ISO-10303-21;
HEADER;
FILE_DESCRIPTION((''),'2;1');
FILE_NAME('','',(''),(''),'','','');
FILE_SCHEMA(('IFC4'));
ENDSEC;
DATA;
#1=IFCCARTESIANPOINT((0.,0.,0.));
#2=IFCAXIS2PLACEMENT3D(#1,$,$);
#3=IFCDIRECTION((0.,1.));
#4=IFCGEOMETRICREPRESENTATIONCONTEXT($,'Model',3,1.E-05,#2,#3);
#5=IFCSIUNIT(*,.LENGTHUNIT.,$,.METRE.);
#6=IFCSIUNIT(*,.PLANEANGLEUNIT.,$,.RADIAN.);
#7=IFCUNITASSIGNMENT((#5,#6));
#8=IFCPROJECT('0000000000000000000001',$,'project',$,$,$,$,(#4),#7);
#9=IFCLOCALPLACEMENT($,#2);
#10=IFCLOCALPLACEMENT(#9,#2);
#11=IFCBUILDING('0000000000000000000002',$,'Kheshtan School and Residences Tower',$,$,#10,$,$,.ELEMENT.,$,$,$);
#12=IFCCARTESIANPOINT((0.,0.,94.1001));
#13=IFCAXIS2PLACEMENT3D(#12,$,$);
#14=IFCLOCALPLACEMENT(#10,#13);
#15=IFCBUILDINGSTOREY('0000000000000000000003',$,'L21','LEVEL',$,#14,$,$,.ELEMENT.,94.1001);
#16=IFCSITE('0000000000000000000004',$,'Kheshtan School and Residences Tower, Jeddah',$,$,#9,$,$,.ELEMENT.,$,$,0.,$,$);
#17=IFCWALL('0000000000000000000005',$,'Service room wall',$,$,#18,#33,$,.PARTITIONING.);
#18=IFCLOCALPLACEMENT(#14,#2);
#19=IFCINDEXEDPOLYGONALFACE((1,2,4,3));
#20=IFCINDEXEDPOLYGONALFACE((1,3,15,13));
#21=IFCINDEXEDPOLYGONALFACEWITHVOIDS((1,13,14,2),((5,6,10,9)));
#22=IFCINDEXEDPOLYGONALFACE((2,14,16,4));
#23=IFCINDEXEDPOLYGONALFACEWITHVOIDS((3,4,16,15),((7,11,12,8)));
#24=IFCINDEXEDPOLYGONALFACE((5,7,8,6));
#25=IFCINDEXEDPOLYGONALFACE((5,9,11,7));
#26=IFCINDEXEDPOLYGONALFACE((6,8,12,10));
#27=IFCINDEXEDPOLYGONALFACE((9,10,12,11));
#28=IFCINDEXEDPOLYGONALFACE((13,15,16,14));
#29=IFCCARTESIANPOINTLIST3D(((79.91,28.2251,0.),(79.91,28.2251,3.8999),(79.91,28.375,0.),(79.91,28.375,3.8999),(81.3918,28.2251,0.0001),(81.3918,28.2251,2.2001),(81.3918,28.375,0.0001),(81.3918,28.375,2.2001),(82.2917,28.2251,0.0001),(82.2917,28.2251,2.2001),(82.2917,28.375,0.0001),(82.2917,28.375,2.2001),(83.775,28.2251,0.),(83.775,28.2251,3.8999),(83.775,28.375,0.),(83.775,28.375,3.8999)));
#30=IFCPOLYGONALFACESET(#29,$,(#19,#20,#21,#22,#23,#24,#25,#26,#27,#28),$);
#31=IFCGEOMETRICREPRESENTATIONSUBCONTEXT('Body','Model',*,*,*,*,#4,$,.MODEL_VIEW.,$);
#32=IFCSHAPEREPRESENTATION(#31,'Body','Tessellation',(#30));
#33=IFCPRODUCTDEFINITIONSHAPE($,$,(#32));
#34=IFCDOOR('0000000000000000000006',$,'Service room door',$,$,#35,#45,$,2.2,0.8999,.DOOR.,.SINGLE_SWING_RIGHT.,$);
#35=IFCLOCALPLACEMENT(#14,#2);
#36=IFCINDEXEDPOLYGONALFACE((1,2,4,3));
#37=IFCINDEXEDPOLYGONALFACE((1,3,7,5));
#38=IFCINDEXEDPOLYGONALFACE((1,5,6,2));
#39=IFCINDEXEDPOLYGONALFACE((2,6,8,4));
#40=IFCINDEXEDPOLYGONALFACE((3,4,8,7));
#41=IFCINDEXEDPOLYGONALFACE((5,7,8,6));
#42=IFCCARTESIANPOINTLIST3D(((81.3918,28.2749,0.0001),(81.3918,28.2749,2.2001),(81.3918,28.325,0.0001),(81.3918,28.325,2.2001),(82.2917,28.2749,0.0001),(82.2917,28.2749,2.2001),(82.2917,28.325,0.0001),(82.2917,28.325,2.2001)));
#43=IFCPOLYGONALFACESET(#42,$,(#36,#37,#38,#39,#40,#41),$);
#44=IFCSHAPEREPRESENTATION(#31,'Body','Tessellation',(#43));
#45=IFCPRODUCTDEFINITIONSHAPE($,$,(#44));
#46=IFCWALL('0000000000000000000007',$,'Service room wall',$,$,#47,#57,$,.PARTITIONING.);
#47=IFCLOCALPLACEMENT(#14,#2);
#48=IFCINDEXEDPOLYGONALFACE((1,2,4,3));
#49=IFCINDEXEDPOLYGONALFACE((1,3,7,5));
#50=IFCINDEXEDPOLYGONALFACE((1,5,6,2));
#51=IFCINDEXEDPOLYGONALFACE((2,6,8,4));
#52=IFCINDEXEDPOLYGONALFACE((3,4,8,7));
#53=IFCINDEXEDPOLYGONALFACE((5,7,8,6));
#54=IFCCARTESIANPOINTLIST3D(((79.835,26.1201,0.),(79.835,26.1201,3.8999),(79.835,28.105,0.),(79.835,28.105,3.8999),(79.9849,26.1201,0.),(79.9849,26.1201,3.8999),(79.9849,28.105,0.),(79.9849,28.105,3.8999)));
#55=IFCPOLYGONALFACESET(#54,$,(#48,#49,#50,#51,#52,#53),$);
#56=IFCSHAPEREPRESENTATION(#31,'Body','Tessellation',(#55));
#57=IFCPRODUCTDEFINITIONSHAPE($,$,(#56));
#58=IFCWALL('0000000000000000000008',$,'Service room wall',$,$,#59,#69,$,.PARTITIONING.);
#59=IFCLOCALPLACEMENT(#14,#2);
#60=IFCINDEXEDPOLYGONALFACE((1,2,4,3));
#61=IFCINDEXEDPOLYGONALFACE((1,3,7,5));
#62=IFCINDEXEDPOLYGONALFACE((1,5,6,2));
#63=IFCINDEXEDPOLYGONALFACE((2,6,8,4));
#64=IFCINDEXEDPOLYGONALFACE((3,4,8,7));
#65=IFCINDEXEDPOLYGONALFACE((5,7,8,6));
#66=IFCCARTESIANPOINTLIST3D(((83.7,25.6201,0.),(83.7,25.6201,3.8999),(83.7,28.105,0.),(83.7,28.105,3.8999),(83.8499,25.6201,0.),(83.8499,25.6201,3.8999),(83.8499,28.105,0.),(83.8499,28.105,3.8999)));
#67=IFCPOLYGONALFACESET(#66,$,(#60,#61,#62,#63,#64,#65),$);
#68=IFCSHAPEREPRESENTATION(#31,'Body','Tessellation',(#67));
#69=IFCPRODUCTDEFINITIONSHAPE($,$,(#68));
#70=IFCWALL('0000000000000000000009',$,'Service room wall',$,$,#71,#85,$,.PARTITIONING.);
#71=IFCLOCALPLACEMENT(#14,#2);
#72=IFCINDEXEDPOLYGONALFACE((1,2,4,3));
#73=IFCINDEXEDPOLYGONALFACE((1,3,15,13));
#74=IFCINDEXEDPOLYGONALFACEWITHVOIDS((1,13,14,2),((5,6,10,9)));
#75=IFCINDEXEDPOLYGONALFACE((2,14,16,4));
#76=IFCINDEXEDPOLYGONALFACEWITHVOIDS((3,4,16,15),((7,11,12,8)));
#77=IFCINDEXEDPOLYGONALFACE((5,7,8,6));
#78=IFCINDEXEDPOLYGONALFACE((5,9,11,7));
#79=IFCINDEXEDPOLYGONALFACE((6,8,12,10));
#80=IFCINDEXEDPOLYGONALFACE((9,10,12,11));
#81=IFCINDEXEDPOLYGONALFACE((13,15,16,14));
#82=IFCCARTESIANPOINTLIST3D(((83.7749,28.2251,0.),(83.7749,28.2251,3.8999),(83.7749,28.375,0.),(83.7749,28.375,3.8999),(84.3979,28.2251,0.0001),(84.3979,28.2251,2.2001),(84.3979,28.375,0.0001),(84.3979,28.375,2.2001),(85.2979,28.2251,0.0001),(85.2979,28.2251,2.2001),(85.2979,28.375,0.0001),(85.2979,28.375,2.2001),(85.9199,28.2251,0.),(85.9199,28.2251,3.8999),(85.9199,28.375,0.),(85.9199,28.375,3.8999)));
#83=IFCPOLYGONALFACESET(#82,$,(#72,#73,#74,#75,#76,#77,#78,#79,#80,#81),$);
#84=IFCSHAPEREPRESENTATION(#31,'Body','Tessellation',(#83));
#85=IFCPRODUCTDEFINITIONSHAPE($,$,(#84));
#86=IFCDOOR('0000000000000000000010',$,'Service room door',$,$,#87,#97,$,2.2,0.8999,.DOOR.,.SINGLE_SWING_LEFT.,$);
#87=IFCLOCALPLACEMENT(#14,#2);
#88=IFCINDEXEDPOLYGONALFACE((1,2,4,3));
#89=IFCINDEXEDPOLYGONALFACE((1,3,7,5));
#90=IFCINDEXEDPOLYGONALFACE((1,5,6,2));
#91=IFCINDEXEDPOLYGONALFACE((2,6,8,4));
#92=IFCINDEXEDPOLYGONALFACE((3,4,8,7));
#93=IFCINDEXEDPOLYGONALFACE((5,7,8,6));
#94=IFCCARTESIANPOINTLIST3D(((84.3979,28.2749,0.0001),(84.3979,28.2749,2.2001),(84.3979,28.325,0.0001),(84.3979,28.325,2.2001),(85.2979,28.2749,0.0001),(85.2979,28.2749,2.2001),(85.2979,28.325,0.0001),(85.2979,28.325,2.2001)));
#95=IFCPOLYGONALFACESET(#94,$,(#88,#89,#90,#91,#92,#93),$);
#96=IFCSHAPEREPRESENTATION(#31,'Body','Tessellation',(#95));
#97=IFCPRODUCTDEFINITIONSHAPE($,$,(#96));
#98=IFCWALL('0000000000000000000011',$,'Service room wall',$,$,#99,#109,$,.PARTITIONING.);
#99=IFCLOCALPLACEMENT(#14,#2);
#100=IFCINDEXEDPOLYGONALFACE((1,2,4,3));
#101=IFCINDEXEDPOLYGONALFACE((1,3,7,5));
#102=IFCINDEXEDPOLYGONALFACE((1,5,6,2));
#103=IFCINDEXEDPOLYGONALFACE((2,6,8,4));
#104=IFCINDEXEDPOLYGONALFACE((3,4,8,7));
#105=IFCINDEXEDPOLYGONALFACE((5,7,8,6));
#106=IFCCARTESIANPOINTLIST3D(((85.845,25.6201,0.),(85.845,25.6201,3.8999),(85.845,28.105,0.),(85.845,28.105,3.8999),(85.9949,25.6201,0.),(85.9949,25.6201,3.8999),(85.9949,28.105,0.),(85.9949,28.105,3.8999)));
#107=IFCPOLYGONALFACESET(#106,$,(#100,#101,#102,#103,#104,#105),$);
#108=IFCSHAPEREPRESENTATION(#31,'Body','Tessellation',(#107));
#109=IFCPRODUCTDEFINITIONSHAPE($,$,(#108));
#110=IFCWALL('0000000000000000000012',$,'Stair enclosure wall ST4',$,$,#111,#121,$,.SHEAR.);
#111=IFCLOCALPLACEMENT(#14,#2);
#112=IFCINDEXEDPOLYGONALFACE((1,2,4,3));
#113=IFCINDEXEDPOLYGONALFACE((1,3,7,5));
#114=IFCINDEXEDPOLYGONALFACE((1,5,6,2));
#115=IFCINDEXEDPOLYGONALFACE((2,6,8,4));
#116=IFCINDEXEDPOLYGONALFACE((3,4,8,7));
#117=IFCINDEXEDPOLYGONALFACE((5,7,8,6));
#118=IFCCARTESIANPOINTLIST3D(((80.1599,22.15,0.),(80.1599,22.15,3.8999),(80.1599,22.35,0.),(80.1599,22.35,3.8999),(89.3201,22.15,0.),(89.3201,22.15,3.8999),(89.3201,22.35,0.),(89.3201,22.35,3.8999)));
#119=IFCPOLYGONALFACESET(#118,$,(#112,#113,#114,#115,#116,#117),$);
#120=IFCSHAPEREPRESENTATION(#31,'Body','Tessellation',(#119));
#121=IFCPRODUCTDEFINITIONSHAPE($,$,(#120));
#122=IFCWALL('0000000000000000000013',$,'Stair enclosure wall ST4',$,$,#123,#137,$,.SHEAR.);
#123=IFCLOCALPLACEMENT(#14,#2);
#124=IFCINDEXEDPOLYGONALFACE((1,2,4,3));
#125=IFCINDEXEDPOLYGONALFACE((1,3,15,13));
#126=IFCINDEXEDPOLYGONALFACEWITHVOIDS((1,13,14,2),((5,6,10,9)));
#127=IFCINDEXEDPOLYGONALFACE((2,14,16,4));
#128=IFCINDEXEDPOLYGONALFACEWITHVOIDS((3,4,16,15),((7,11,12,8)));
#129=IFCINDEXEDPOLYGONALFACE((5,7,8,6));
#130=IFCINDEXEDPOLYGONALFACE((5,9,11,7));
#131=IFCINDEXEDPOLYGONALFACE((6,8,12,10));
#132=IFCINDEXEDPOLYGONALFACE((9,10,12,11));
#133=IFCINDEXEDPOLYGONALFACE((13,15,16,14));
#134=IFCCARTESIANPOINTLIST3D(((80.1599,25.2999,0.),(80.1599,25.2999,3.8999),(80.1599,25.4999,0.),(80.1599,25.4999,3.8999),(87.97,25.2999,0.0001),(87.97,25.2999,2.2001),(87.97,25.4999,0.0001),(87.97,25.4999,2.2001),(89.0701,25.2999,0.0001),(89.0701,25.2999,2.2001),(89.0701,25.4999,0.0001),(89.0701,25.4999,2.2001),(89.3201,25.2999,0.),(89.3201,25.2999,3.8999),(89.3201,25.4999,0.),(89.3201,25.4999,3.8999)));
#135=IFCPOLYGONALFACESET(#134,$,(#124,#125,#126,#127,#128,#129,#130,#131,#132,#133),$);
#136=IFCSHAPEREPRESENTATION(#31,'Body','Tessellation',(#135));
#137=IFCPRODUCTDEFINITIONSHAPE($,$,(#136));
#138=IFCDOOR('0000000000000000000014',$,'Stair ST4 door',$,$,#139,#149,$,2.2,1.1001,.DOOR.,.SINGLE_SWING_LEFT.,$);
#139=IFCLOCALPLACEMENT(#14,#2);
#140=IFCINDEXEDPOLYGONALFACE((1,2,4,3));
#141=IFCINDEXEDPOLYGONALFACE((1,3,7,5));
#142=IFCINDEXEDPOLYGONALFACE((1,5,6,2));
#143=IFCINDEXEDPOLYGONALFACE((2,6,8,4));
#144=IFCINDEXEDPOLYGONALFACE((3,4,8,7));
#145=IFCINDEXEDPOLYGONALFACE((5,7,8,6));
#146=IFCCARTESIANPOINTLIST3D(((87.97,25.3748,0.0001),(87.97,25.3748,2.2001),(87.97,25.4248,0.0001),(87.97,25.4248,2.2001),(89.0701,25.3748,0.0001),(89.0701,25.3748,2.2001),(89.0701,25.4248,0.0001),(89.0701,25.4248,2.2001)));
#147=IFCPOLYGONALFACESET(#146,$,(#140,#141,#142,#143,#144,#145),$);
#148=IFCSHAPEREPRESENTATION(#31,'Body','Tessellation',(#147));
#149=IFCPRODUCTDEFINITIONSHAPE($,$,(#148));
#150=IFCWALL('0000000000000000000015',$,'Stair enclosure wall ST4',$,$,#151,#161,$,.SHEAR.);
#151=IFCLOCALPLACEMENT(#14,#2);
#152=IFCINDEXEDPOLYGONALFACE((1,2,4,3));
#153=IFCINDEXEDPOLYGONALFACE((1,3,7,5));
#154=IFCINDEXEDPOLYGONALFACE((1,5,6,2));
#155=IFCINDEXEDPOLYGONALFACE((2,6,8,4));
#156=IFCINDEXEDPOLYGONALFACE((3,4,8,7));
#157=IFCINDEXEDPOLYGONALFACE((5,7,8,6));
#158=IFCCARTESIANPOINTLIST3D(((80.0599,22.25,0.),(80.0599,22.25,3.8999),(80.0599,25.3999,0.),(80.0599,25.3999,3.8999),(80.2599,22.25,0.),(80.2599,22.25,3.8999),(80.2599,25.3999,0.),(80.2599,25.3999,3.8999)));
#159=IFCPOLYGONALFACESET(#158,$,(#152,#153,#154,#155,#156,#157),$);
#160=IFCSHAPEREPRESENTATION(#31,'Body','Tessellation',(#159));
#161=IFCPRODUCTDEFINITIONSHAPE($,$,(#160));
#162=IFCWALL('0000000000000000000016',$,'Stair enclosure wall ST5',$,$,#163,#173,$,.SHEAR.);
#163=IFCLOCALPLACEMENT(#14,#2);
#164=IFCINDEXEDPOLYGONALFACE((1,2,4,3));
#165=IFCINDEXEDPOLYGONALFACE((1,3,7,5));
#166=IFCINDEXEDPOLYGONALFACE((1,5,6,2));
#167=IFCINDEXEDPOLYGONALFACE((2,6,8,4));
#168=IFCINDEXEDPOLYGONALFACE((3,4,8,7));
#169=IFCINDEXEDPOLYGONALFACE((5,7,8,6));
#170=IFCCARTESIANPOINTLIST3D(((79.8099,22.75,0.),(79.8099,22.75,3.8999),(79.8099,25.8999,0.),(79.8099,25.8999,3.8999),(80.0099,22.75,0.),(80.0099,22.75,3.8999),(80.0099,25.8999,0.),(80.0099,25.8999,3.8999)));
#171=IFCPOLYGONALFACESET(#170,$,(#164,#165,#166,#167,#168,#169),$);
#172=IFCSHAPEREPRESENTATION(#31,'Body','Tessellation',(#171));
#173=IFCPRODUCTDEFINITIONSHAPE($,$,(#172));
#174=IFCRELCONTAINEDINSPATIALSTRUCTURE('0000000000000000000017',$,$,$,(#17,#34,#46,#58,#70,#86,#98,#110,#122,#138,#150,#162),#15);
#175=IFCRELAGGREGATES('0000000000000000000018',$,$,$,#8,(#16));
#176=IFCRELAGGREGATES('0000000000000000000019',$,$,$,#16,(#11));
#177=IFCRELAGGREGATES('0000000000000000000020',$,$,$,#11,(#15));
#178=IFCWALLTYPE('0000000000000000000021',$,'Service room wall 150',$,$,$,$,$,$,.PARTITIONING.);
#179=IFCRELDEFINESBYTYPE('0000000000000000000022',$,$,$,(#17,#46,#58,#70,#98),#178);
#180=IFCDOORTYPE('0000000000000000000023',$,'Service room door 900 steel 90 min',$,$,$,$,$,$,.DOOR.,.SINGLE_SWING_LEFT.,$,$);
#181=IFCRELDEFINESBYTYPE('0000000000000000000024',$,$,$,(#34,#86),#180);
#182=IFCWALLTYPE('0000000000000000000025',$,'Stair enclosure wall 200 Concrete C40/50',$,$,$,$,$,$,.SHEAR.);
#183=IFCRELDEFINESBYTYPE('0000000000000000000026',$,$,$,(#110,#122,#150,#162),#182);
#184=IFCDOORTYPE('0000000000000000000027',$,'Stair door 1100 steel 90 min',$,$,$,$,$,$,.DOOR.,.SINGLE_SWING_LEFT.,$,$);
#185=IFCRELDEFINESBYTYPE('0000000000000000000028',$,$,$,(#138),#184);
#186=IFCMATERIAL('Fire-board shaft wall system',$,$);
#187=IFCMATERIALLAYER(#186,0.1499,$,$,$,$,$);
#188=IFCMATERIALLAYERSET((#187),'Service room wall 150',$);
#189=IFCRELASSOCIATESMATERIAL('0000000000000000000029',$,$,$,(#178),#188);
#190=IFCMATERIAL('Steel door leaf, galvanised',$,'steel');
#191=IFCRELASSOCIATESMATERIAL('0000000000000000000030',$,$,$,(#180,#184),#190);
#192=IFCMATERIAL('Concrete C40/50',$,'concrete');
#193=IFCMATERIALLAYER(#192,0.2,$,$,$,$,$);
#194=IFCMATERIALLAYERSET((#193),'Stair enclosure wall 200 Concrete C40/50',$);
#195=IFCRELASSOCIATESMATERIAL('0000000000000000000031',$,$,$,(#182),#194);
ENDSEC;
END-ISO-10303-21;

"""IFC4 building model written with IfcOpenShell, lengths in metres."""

from ifc_helpers import new_model, si_unit, direction, frame, frame_2d, origin, place, context, subcontext, project, spatial, rectangle, extrude, source, transform, mapped, material, layer, layer_set, type_object, element, fill, save


model = new_model("IFC4")

# Units and contexts
model_context = context("Model", 3, precision=1e-05, world=origin(), true_north=direction((0.0, 1.0)))
body_context = subcontext(model_context, "Body", "Model", "MODEL_VIEW")
ifc_project = project(units=[si_unit("LENGTHUNIT", "METRE"), si_unit("PLANEANGLEUNIT", "RADIAN")], contexts=[model_context])

# Site, building, storey
site_placement = place(None, origin())
site = spatial("IfcSite", under=ifc_project, at=site_placement, Name="Kheshtan School and Residences Tower, Jeddah", CompositionType="ELEMENT", RefElevation=0.0)
building_placement = place(site_placement, origin())
building = spatial("IfcBuilding", under=site, at=building_placement, Name="Kheshtan School and Residences Tower", CompositionType="ELEMENT")
storey_placement = place(building_placement, frame((0.0, 0.0, 94.1001)))
storey = spatial("IfcBuildingStorey", under=building, at=storey_placement, Name="L21", Description="LEVEL", CompositionType="ELEMENT", Elevation=94.1001)

# Wall, opening, door
ifc_material_1 = material(Name="Fire-board shaft wall system")
ifc_layer_1 = layer(ifc_material_1, 0.1499)
ifc_layer_set_1 = layer_set([ifc_layer_1], Name="Service room wall 150")
wall_type_1 = type_object("IfcWallType", Name="Service room wall 150", PredefinedType="PARTITIONING", material=ifc_layer_set_1)
wall_1_placement = place(storey_placement, frame((79.9099, 28.3, 0.0), z_axis=(0.0, 0.0, 1.0), x_axis=(1.0, 0.0, 0.0)))
wall_1 = element("IfcWall", 1, at=wall_1_placement, inside=storey, type_object=wall_type_1, Name="Service room wall", PredefinedType="PARTITIONING", context=body_context, shape_type="SweptSolid", body=[
    extrude(rectangle(XDim=3.865, YDim=0.1499, at=frame_2d((1.9326, 0.0))), origin(), (0.0, 0.0, 1.0), 3.8999),
])
opening_1_placement = place(wall_1_placement, frame((1.4819, 0.0, 0.0)))
opening_1 = element("IfcOpeningElement", 2, at=opening_1_placement, cuts=wall_1, PredefinedType="OPENING", context=body_context, shape_type="SweptSolid", body=[
    extrude(rectangle(XDim=0.8999, YDim=2.2, at=frame_2d((0.45, 1.1001))), frame((0.0, 0.085, 0.0), z_axis=(0.0, -1.0, 0.0), x_axis=(1.0, 0.0, 0.0)), (0.0, 0.0, 1.0), 0.1699),
])
ifc_material_2 = material(Name="Steel door leaf, galvanised", Category="steel")
door_type_1 = type_object("IfcDoorType", Name="Service room door 900 steel 90 min", OperationType="SINGLE_SWING_LEFT", PredefinedType="DOOR", material=ifc_material_2)
shared_shape_1 = source(origin(), body_context, "Body", "SweptSolid", [
    extrude(rectangle(XDim=0.8999, YDim=2.2, at=frame_2d((0.45, 1.1001))), frame((0.0, 0.0249, 0.0), z_axis=(0.0, -1.0, 0.0), x_axis=(1.0, 0.0, 0.0)), (0.0, 0.0, 1.0), 0.05),
])
door_1_placement = place(opening_1_placement, origin())
door_1 = element("IfcDoor", 3, at=door_1_placement, inside=storey, type_object=door_type_1, Name="Service room door", OperationType="SINGLE_SWING_RIGHT", OverallHeight=2.2, OverallWidth=0.8999, PredefinedType="DOOR", context=body_context, shape_type="MappedRepresentation", body=[
    mapped(shared_shape_1, transform((0.0, 0.0, 0.0), x_axis=(1.0, 0.0, 0.0), y_axis=(0.0, 1.0, 0.0), z_axis=(0.0, 0.0, 1.0), scale=1.0)),
])
fill(opening_1, door_1)

# Walls
wall_2_placement = place(storey_placement, frame((79.9099, 26.1201, 0.0), z_axis=(0.0, 0.0, 1.0), x_axis=(0.0, 1.0, 0.0)))
element("IfcWall", 4, at=wall_2_placement, inside=storey, type_object=wall_type_1, Name="Service room wall", PredefinedType="PARTITIONING", context=body_context, shape_type="SweptSolid", body=[
    extrude(rectangle(XDim=1.9849, YDim=0.1499, at=frame_2d((0.9924, 0.0))), origin(), (0.0, 0.0, 1.0), 3.8999),
])
wall_3_placement = place(storey_placement, frame((83.7749, 25.6201, 0.0), z_axis=(0.0, 0.0, 1.0), x_axis=(0.0, 1.0, 0.0)))
element("IfcWall", 5, at=wall_3_placement, inside=storey, type_object=wall_type_1, Name="Service room wall", PredefinedType="PARTITIONING", context=body_context, shape_type="SweptSolid", body=[
    extrude(rectangle(XDim=2.4849, YDim=0.1499, at=frame_2d((1.2424, 0.0))), origin(), (0.0, 0.0, 1.0), 3.8999),
])

# Wall, opening, door
wall_4_placement = place(storey_placement, frame((83.7749, 28.3, 0.0), z_axis=(0.0, 0.0, 1.0), x_axis=(1.0, 0.0, 0.0)))
wall_4 = element("IfcWall", 6, at=wall_4_placement, inside=storey, type_object=wall_type_1, Name="Service room wall", PredefinedType="PARTITIONING", context=body_context, shape_type="SweptSolid", body=[
    extrude(rectangle(XDim=2.145, YDim=0.1499, at=frame_2d((1.0725, 0.0))), origin(), (0.0, 0.0, 1.0), 3.8999),
])
opening_2_placement = place(wall_4_placement, frame((0.623, 0.0, 0.0)))
opening_2 = element("IfcOpeningElement", 7, at=opening_2_placement, cuts=wall_4, PredefinedType="OPENING", context=body_context, shape_type="SweptSolid", body=[
    extrude(rectangle(XDim=0.8999, YDim=2.2, at=frame_2d((0.45, 1.1001))), frame((0.0, 0.085, 0.0), z_axis=(0.0, -1.0, 0.0), x_axis=(1.0, 0.0, 0.0)), (0.0, 0.0, 1.0), 0.1699),
])
door_2_placement = place(opening_2_placement, origin())
door_2 = element("IfcDoor", 8, at=door_2_placement, inside=storey, type_object=door_type_1, Name="Service room door", OperationType="SINGLE_SWING_LEFT", OverallHeight=2.2, OverallWidth=0.8999, PredefinedType="DOOR", context=body_context, shape_type="MappedRepresentation", body=[
    mapped(shared_shape_1, transform((0.0, 0.0, 0.0), x_axis=(1.0, 0.0, 0.0), y_axis=(0.0, 1.0, 0.0), z_axis=(0.0, 0.0, 1.0), scale=1.0)),
])
fill(opening_2, door_2)

# Walls
wall_5_placement = place(storey_placement, frame((85.9199, 25.6201, 0.0), z_axis=(0.0, 0.0, 1.0), x_axis=(0.0, 1.0, 0.0)))
element("IfcWall", 9, at=wall_5_placement, inside=storey, type_object=wall_type_1, Name="Service room wall", PredefinedType="PARTITIONING", context=body_context, shape_type="SweptSolid", body=[
    extrude(rectangle(XDim=2.4849, YDim=0.1499, at=frame_2d((1.2424, 0.0))), origin(), (0.0, 0.0, 1.0), 3.8999),
])
ifc_material_3 = material(Name="Concrete C40/50", Category="concrete")
ifc_layer_2 = layer(ifc_material_3, 0.2)
ifc_layer_set_2 = layer_set([ifc_layer_2], Name="Stair enclosure wall 200 Concrete C40/50")
wall_type_2 = type_object("IfcWallType", Name="Stair enclosure wall 200 Concrete C40/50", PredefinedType="SHEAR", material=ifc_layer_set_2)
wall_6_placement = place(storey_placement, frame((80.1599, 22.25, 0.0), z_axis=(0.0, 0.0, 1.0), x_axis=(1.0, 0.0, 0.0)))
element("IfcWall", 10, at=wall_6_placement, inside=storey, type_object=wall_type_2, Name="Stair enclosure wall ST4", PredefinedType="SHEAR", context=body_context, shape_type="SweptSolid", body=[
    extrude(rectangle(XDim=9.1602, YDim=0.2, at=frame_2d((4.5801, 0.0))), origin(), (0.0, 0.0, 1.0), 3.8999),
])

# Wall, opening, door
wall_7_placement = place(storey_placement, frame((80.1599, 25.3999, 0.0), z_axis=(0.0, 0.0, 1.0), x_axis=(1.0, 0.0, 0.0)))
wall_7 = element("IfcWall", 11, at=wall_7_placement, inside=storey, type_object=wall_type_2, Name="Stair enclosure wall ST4", PredefinedType="SHEAR", context=body_context, shape_type="SweptSolid", body=[
    extrude(rectangle(XDim=9.1602, YDim=0.2, at=frame_2d((4.5801, 0.0))), origin(), (0.0, 0.0, 1.0), 3.8999),
])
opening_3_placement = place(wall_7_placement, frame((7.8101, 0.0, 0.0)))
opening_3 = element("IfcOpeningElement", 12, at=opening_3_placement, cuts=wall_7, PredefinedType="OPENING", context=body_context, shape_type="SweptSolid", body=[
    extrude(rectangle(XDim=1.1001, YDim=2.2, at=frame_2d((0.55, 1.1001))), frame((0.0, 0.1099, 0.0), z_axis=(0.0, -1.0, 0.0), x_axis=(1.0, 0.0, 0.0)), (0.0, 0.0, 1.0), 0.22),
])
door_type_2 = type_object("IfcDoorType", Name="Stair door 1100 steel 90 min", OperationType="SINGLE_SWING_LEFT", PredefinedType="DOOR", material=ifc_material_2)
shared_shape_2 = source(origin(), body_context, "Body", "SweptSolid", [
    extrude(rectangle(XDim=1.1001, YDim=2.2, at=frame_2d((0.55, 1.1001))), frame((0.0, 0.0249, 0.0), z_axis=(0.0, -1.0, 0.0), x_axis=(1.0, 0.0, 0.0)), (0.0, 0.0, 1.0), 0.05),
])
door_3_placement = place(opening_3_placement, origin())
door_3 = element("IfcDoor", 13, at=door_3_placement, inside=storey, type_object=door_type_2, Name="Stair ST4 door", OperationType="SINGLE_SWING_LEFT", OverallHeight=2.2, OverallWidth=1.1001, PredefinedType="DOOR", context=body_context, shape_type="MappedRepresentation", body=[
    mapped(shared_shape_2, transform((0.0, 0.0, 0.0), x_axis=(1.0, 0.0, 0.0), y_axis=(0.0, 1.0, 0.0), z_axis=(0.0, 0.0, 1.0), scale=1.0)),
])
fill(opening_3, door_3)

# Walls
for number, where, z_axis, x_axis, name in (
    (14, (80.1599, 22.25, 0.0), (0.0, 0.0, 1.0), (0.0, 1.0, 0.0), "Stair enclosure wall ST4"),
    (15, (79.9099, 22.75, 0.0), (0.0, 0.0, 1.0), (0.0, 1.0, 0.0), "Stair enclosure wall ST5"),
):
    element("IfcWall", number, at=place(storey_placement, frame(where, z_axis=z_axis, x_axis=x_axis)), inside=storey, type_object=wall_type_2, Name=name, PredefinedType="SHEAR", context=body_context, shape_type="SweptSolid", body=[
        extrude(rectangle(XDim=3.1499, YDim=0.2, at=frame_2d((1.575, 0.0))), origin(), (0.0, 0.0, 1.0), 3.8999),
    ])

save(model, "model.ifc")
